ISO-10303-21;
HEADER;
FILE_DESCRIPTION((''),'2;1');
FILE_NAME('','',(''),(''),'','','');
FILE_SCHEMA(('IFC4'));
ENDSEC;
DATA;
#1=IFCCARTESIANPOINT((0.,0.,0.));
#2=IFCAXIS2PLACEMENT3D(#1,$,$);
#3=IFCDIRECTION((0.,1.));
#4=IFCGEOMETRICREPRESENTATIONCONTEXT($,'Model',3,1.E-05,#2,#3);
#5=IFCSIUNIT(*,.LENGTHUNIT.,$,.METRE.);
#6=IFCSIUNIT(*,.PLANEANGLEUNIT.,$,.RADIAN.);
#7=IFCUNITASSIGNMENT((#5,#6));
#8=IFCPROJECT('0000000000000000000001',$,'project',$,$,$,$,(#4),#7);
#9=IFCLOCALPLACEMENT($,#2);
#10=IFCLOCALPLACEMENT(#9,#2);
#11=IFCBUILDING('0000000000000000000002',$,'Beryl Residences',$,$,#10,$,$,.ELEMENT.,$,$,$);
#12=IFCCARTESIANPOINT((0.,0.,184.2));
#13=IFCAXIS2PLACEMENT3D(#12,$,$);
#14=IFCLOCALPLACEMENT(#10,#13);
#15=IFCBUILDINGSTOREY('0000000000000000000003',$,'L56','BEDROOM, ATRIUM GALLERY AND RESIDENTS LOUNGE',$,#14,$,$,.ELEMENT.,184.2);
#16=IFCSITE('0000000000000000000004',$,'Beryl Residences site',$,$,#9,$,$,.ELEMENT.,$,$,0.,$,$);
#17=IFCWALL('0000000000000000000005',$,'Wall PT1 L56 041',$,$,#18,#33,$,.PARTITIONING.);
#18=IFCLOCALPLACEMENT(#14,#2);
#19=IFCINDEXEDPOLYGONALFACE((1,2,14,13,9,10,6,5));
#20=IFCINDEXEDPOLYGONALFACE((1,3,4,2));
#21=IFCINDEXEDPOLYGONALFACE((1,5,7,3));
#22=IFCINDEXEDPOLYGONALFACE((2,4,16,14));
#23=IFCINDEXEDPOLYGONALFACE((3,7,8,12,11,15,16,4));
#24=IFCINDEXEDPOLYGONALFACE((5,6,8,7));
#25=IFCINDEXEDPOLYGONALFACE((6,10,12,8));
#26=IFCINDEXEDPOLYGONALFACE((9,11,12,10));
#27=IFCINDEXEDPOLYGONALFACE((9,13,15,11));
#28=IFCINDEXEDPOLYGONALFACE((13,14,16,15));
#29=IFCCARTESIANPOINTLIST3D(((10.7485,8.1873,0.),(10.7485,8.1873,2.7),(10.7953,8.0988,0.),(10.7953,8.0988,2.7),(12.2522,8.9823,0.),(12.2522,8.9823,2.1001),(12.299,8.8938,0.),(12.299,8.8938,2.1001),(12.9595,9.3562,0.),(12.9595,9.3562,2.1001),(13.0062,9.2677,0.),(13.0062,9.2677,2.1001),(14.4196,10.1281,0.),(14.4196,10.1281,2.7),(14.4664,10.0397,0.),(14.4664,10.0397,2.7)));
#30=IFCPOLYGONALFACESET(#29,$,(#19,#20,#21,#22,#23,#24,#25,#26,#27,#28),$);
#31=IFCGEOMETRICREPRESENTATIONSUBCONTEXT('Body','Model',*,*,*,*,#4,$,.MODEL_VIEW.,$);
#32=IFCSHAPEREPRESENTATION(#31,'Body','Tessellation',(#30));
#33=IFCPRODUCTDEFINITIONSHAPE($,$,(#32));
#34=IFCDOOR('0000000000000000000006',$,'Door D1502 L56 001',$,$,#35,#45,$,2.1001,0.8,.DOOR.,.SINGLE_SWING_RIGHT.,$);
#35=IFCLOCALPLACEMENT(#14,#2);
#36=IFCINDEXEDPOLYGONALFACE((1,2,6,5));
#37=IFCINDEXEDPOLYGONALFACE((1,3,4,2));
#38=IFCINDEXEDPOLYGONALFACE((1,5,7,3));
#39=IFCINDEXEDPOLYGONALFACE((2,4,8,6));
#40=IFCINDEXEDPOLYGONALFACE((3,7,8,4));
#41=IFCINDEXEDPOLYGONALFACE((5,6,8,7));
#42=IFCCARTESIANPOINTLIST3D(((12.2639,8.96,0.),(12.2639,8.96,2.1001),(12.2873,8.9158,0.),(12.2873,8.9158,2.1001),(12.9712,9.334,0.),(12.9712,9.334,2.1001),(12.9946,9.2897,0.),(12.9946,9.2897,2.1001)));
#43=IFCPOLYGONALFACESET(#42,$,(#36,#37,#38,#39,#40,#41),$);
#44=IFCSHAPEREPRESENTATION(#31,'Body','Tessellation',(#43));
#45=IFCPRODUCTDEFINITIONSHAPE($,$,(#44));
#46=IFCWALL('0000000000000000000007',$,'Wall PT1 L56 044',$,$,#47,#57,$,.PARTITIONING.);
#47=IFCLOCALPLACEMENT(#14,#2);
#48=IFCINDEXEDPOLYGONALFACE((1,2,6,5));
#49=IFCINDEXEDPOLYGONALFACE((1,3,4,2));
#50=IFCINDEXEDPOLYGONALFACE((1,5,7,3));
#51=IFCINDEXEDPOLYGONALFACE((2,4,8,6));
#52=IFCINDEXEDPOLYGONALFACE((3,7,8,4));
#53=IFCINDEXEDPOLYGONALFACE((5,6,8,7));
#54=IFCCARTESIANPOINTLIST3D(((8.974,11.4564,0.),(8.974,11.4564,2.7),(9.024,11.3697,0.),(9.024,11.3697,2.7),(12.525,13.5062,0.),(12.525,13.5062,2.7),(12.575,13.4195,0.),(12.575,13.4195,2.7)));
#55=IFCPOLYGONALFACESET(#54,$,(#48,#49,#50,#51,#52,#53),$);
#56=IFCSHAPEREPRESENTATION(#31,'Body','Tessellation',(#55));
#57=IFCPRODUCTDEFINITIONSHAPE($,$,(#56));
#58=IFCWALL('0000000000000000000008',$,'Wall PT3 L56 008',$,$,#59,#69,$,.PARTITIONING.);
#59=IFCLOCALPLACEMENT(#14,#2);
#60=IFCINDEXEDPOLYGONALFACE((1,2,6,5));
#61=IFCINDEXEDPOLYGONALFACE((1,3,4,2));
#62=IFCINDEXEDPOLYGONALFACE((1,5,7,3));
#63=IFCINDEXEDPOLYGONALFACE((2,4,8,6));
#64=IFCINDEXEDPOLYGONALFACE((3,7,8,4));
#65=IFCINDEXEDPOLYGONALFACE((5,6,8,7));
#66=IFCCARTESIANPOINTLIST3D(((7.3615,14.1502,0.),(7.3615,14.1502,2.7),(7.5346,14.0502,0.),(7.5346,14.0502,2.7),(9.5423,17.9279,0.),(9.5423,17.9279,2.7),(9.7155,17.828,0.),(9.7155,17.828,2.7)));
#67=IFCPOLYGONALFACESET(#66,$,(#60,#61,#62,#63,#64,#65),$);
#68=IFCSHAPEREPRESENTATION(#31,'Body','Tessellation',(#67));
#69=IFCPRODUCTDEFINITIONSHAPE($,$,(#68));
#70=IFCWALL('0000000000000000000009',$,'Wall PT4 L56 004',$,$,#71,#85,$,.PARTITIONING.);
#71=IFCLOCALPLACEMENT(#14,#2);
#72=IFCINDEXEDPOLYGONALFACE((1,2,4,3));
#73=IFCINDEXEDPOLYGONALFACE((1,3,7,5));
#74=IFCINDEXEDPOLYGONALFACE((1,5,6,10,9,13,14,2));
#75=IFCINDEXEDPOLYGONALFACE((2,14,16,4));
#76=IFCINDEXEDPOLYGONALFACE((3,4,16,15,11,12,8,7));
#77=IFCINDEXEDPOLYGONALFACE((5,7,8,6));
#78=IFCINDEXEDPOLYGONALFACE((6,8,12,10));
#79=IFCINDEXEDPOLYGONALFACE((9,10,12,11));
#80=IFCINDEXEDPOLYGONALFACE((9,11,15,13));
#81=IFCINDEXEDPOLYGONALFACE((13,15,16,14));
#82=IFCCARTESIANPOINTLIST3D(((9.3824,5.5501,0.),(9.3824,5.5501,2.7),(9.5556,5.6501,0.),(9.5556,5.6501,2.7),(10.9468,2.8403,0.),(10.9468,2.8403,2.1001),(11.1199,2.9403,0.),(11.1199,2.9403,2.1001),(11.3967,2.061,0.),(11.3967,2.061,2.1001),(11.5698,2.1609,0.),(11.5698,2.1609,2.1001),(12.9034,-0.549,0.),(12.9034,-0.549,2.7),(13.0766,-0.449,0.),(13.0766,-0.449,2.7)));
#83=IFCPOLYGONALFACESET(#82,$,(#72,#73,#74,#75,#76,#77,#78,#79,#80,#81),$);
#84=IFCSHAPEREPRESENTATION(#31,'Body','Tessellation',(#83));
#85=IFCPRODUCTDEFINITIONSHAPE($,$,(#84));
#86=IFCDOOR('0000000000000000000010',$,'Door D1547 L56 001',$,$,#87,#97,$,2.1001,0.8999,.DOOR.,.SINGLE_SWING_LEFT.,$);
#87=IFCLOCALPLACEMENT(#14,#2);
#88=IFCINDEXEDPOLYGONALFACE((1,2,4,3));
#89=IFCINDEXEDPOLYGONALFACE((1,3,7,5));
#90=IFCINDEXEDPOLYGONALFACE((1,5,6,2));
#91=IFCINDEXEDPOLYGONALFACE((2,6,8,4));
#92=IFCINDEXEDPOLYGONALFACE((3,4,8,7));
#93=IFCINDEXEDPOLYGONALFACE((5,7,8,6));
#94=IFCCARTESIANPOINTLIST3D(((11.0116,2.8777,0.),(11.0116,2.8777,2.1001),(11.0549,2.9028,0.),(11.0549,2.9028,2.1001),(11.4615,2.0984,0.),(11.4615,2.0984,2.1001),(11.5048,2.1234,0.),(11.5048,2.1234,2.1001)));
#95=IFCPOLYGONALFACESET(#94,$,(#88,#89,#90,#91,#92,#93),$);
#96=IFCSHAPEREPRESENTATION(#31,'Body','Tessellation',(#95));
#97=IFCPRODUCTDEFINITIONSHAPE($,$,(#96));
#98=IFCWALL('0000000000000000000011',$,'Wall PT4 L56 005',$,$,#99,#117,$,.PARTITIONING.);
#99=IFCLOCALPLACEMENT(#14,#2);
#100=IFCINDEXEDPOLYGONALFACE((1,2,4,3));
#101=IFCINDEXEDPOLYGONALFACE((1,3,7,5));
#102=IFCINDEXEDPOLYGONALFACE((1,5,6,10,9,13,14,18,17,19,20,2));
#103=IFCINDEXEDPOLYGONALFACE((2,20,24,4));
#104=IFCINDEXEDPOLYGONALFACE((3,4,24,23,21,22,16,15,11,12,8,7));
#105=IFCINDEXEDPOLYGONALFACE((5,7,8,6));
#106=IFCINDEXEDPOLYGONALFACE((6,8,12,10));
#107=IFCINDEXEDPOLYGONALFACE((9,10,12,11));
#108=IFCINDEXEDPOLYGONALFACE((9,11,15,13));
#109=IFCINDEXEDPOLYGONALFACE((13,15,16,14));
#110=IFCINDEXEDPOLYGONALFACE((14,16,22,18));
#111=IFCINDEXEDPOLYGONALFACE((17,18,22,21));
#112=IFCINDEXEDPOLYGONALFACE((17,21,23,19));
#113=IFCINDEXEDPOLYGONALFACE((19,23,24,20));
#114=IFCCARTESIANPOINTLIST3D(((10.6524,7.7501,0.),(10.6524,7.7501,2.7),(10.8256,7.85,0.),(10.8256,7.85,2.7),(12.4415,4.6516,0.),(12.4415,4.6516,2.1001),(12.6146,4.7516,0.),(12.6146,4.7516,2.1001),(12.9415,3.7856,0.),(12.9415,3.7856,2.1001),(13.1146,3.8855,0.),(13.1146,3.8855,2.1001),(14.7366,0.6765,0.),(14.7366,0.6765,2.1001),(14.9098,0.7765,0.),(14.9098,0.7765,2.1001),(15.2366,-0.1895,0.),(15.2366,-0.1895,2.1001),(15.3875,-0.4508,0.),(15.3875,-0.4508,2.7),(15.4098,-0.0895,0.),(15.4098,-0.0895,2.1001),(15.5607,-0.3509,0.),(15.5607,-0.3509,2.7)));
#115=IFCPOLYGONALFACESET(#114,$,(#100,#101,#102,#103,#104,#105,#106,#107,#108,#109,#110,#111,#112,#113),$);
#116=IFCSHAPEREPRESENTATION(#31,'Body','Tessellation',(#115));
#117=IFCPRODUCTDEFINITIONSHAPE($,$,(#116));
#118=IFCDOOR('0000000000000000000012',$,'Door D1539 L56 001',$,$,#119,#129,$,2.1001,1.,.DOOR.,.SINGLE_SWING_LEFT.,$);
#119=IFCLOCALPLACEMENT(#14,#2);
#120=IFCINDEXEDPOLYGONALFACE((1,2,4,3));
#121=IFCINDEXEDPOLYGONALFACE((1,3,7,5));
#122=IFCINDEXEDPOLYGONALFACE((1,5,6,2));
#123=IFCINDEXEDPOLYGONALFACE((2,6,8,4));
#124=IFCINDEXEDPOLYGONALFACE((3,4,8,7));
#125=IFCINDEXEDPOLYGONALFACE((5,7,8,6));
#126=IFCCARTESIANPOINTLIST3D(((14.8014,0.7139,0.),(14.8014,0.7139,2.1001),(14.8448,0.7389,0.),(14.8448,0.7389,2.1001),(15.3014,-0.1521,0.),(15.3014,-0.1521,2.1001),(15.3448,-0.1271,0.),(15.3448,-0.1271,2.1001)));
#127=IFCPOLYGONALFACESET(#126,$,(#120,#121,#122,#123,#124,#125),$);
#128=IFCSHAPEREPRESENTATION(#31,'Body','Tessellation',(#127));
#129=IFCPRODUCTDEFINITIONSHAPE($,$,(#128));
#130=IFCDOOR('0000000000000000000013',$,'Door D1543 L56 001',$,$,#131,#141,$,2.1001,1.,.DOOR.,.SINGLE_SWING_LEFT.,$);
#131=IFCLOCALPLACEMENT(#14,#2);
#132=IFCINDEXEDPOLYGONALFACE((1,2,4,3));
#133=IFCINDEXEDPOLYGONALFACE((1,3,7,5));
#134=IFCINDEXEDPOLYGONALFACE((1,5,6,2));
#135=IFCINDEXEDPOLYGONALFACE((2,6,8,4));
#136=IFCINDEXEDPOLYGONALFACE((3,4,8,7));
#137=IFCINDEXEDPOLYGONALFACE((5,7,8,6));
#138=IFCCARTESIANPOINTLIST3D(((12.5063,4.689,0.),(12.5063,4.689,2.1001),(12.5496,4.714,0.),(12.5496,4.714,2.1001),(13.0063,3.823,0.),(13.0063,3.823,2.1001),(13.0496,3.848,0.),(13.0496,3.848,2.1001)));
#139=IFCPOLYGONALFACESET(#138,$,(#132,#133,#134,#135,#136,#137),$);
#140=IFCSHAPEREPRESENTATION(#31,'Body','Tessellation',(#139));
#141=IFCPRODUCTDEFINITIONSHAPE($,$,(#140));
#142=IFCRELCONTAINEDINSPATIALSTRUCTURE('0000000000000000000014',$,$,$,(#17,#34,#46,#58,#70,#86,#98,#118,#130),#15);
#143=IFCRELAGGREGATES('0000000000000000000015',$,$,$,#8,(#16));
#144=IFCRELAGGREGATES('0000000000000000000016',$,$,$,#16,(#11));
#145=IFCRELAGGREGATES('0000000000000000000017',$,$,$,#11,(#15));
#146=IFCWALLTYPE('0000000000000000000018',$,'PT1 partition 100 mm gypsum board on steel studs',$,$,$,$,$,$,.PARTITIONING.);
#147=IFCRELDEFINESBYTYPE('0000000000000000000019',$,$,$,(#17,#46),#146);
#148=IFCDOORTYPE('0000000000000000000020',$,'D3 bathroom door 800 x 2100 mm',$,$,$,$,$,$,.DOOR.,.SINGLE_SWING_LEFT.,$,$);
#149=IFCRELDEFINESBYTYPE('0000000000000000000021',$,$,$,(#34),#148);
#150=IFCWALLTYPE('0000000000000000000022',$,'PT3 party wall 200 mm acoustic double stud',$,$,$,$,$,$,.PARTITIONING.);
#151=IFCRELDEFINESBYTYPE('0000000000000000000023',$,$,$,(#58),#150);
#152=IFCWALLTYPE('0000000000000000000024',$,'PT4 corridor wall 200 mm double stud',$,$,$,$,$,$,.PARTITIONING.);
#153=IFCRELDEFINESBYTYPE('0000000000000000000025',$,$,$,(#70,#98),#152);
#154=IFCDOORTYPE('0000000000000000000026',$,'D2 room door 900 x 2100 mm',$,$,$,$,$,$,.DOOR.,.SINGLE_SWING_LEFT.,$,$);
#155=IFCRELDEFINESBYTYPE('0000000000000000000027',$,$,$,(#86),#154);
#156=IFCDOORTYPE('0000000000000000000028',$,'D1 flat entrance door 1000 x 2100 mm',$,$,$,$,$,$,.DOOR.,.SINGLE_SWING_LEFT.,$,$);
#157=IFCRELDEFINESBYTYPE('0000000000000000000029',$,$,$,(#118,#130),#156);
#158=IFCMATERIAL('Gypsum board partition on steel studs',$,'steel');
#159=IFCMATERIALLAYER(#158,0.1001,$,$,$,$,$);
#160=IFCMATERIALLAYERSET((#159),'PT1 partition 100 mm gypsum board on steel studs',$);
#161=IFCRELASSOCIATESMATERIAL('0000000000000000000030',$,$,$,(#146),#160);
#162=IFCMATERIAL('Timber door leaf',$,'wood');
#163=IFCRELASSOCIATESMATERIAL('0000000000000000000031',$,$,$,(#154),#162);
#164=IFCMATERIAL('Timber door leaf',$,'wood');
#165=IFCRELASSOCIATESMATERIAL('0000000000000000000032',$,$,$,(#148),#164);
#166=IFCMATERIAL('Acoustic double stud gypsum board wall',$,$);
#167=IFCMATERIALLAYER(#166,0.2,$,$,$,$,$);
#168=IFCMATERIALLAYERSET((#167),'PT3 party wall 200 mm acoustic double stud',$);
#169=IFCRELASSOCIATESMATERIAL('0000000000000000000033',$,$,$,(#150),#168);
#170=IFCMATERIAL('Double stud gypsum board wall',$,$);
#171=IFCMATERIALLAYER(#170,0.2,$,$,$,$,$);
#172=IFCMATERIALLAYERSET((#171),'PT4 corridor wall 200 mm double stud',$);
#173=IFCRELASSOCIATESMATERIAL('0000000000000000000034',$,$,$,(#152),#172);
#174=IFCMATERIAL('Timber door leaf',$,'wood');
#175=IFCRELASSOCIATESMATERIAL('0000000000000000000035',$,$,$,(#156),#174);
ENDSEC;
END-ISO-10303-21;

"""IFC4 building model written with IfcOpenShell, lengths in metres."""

from ifc_helpers import new_model, si_unit, direction, frame, frame_2d, origin, place, context, subcontext, project, spatial, rectangle, extrude, material, layer, layer_set, type_object, element, fill, save


model = new_model("IFC4")

# Units and contexts
model_context = context("Model", 3, precision=1e-05, world=origin(), true_north=direction((0.0, 1.0)))
body_context = subcontext(model_context, "Body", "Model", "MODEL_VIEW")
ifc_project = project(units=[si_unit("LENGTHUNIT", "METRE"), si_unit("PLANEANGLEUNIT", "RADIAN")], contexts=[model_context])

# Site, building, storey
site_placement = place(None, origin())
site = spatial("IfcSite", under=ifc_project, at=site_placement, Name="Beryl Residences site", CompositionType="ELEMENT", RefElevation=0.0)
building_placement = place(site_placement, origin())
building = spatial("IfcBuilding", under=site, at=building_placement, Name="Beryl Residences", CompositionType="ELEMENT")
storey_placement = place(building_placement, frame((0.0, 0.0, 184.2)))
storey = spatial("IfcBuildingStorey", under=building, at=storey_placement, Name="L56", Description="BEDROOM, ATRIUM GALLERY AND RESIDENTS LOUNGE", CompositionType="ELEMENT", Elevation=184.2)

# Wall, opening, door
ifc_material_1 = material(Name="Gypsum board partition on steel studs", Category="steel")
ifc_layer_1 = layer(ifc_material_1, 0.1001)
ifc_layer_set_1 = layer_set([ifc_layer_1], Name="PT1 partition 100 mm gypsum board on steel studs")
wall_type_1 = type_object("IfcWallType", Name="PT1 partition 100 mm gypsum board on steel studs", PredefinedType="PARTITIONING", material=ifc_layer_set_1)
ifc_material_2 = material(Name="Timber door leaf", Category="wood")
door_type_1 = type_object("IfcDoorType", Name="D2 room door 900 x 2100 mm", OperationType="SINGLE_SWING_LEFT", PredefinedType="DOOR", material=ifc_material_2)
wall_1_placement = place(storey_placement, frame((10.772, 8.1431, 0.0), z_axis=(0.0, 0.0, 1.0), x_axis=(0.884049, 0.467393, 0.0)))
wall_1 = element("IfcWall", 1, at=wall_1_placement, inside=storey, type_object=wall_type_1, Name="Wall PT1 L56 041", PredefinedType="PARTITIONING", context=body_context, shape_type="SweptSolid", body=[
    extrude(rectangle(XDim=4.1526, YDim=0.1001, at=frame_2d((2.0762, 0.0))), origin(), (0.0, 0.0, 1.0), 2.7),
])
opening_1_placement = place(wall_1_placement, frame((1.7009, 0.0, 0.0)))
opening_1 = element("IfcOpeningElement", 2, at=opening_1_placement, cuts=wall_1, PredefinedType="OPENING", context=body_context, shape_type="SweptSolid", body=[
    extrude(rectangle(XDim=0.8, YDim=2.1001, at=frame_2d((0.3999, 1.05))), frame((0.0, 0.0601, 0.0), z_axis=(0.0, -1.0, 0.0), x_axis=(1.0, 0.0, 0.0)), (0.0, 0.0, 1.0), 0.1201),
])
ifc_material_3 = material(Name="Timber door leaf", Category="wood")
door_type_2 = type_object("IfcDoorType", Name="D3 bathroom door 800 x 2100 mm", OperationType="SINGLE_SWING_LEFT", PredefinedType="DOOR", material=ifc_material_3)
door_1_placement = place(opening_1_placement, origin())
door_1 = element("IfcDoor", 3, at=door_1_placement, inside=storey, type_object=door_type_2, Name="Door D1502 L56 001", OperationType="SINGLE_SWING_RIGHT", OverallHeight=2.1001, OverallWidth=0.8, PredefinedType="DOOR", context=body_context, shape_type="SweptSolid", body=[
    extrude(rectangle(XDim=0.8, YDim=2.1001, at=frame_2d((0.3999, 1.05))), frame((0.0, 0.0249, 0.0), z_axis=(0.0, -1.0, 0.0), x_axis=(1.0, 0.0, 0.0)), (0.0, 0.0, 1.0), 0.05),
])
fill(opening_1, door_1)

# Walls
wall_2_placement = place(storey_placement, frame((8.999, 11.4131, 0.0), z_axis=(0.0, 0.0, 1.0), x_axis=(0.866066, 0.49993, 0.0)))
element("IfcWall", 4, at=wall_2_placement, inside=storey, type_object=wall_type_1, Name="Wall PT1 L56 044", PredefinedType="PARTITIONING", context=body_context, shape_type="SweptSolid", body=[
    extrude(rectangle(XDim=4.1001, YDim=0.1001, at=frame_2d((2.05, 0.0))), origin(), (0.0, 0.0, 1.0), 2.7),
])
ifc_material_4 = material(Name="Acoustic double stud gypsum board wall")
ifc_layer_2 = layer(ifc_material_4, 0.2)
ifc_layer_set_2 = layer_set([ifc_layer_2], Name="PT3 party wall 200 mm acoustic double stud")
wall_type_2 = type_object("IfcWallType", Name="PT3 party wall 200 mm acoustic double stud", PredefinedType="PARTITIONING", material=ifc_layer_set_2)
wall_3_placement = place(storey_placement, frame((7.448, 14.1001, 0.0), z_axis=(0.0, 0.0, 1.0), x_axis=(0.499961, 0.866048, 0.0)))
element("IfcWall", 5, at=wall_3_placement, inside=storey, type_object=wall_type_2, Name="Wall PT3 L56 008", PredefinedType="PARTITIONING", context=body_context, shape_type="SweptSolid", body=[
    extrude(rectangle(XDim=4.3621, YDim=0.2, at=frame_2d((2.1812, 0.0))), origin(), (0.0, 0.0, 1.0), 2.7),
])

# Wall, opening, door
ifc_material_5 = material(Name="Double stud gypsum board wall")
ifc_layer_3 = layer(ifc_material_5, 0.2)
ifc_layer_set_3 = layer_set([ifc_layer_3], Name="PT4 corridor wall 200 mm double stud")
wall_type_3 = type_object("IfcWallType", Name="PT4 corridor wall 200 mm double stud", PredefinedType="PARTITIONING", material=ifc_layer_set_3)
wall_4_placement = place(storey_placement, frame((9.469, 5.6001, 0.0), z_axis=(0.0, 0.0, 1.0), x_axis=(0.499965, -0.866046, 0.0)))
wall_4 = element("IfcWall", 6, at=wall_4_placement, inside=storey, type_object=wall_type_3, Name="Wall PT4 L56 004", PredefinedType="PARTITIONING", context=body_context, shape_type="SweptSolid", body=[
    extrude(rectangle(XDim=7.0425, YDim=0.2, at=frame_2d((3.5212, 0.0))), origin(), (0.0, 0.0, 1.0), 2.7),
])
opening_2_placement = place(wall_4_placement, frame((3.1289, 0.0, 0.0)))
opening_2 = element("IfcOpeningElement", 7, at=opening_2_placement, cuts=wall_4, PredefinedType="OPENING", context=body_context, shape_type="SweptSolid", body=[
    extrude(rectangle(XDim=0.8999, YDim=2.1001, at=frame_2d((0.45, 1.05))), frame((0.0, 0.1099, 0.0), z_axis=(0.0, -1.0, 0.0), x_axis=(1.0, 0.0, 0.0)), (0.0, 0.0, 1.0), 0.22),
])
door_2_placement = place(opening_2_placement, origin())
door_2 = element("IfcDoor", 8, at=door_2_placement, inside=storey, type_object=door_type_1, Name="Door D1547 L56 001", OperationType="SINGLE_SWING_LEFT", OverallHeight=2.1001, OverallWidth=0.8999, PredefinedType="DOOR", context=body_context, shape_type="SweptSolid", body=[
    extrude(rectangle(XDim=0.8999, YDim=2.1001, at=frame_2d((0.45, 1.05))), frame((0.0, 0.0249, 0.0), z_axis=(0.0, -1.0, 0.0), x_axis=(1.0, 0.0, 0.0)), (0.0, 0.0, 1.0), 0.05),
])
fill(opening_2, door_2)

# Wall, openings, doors
wall_5_placement = place(storey_placement, frame((10.739, 7.8, 0.0), z_axis=(0.0, 0.0, 1.0), x_axis=(0.500024, -0.866012, 0.0)))
wall_5 = element("IfcWall", 9, at=wall_5_placement, inside=storey, type_object=wall_type_3, Name="Wall PT4 L56 005", PredefinedType="PARTITIONING", context=body_context, shape_type="SweptSolid", body=[
    extrude(rectangle(XDim=9.4697, YDim=0.2, at=frame_2d((4.7349, 0.0))), origin(), (0.0, 0.0, 1.0), 2.7),
])
opening_3_placement = place(wall_5_placement, frame((8.168, 0.0, 0.0)))
opening_3 = element("IfcOpeningElement", 10, at=opening_3_placement, cuts=wall_5, PredefinedType="OPENING", context=body_context, shape_type="SweptSolid", body=[
    extrude(rectangle(XDim=1.0, YDim=2.1001, at=frame_2d((0.5, 1.05))), frame((0.0, 0.1099, 0.0), z_axis=(0.0, -1.0, 0.0), x_axis=(1.0, 0.0, 0.0)), (0.0, 0.0, 1.0), 0.22),
])
opening_4_placement = place(wall_5_placement, frame((3.5779, 0.0, 0.0)))
opening_4 = element("IfcOpeningElement", 11, at=opening_4_placement, cuts=wall_5, PredefinedType="OPENING", context=body_context, shape_type="SweptSolid", body=[
    extrude(rectangle(XDim=1.0, YDim=2.1001, at=frame_2d((0.5, 1.05))), frame((0.0, 0.1099, 0.0), z_axis=(0.0, -1.0, 0.0), x_axis=(1.0, 0.0, 0.0)), (0.0, 0.0, 1.0), 0.22),
])
ifc_material_6 = material(Name="Timber door leaf", Category="wood")
door_type_3 = type_object("IfcDoorType", Name="D1 flat entrance door 1000 x 2100 mm", OperationType="SINGLE_SWING_LEFT", PredefinedType="DOOR", material=ifc_material_6)
door_3_placement = place(opening_3_placement, origin())
door_3 = element("IfcDoor", 12, at=door_3_placement, inside=storey, type_object=door_type_3, Name="Door D1539 L56 001", OperationType="SINGLE_SWING_LEFT", OverallHeight=2.1001, OverallWidth=1.0, PredefinedType="DOOR", context=body_context, shape_type="SweptSolid", body=[
    extrude(rectangle(XDim=1.0, YDim=2.1001, at=frame_2d((0.5, 1.05))), frame((0.0, 0.0249, 0.0), z_axis=(0.0, -1.0, 0.0), x_axis=(1.0, 0.0, 0.0)), (0.0, 0.0, 1.0), 0.05),
])
fill(opening_3, door_3)
door_4_placement = place(opening_4_placement, origin())
door_4 = element("IfcDoor", 13, at=door_4_placement, inside=storey, type_object=door_type_3, Name="Door D1543 L56 001", OperationType="SINGLE_SWING_LEFT", OverallHeight=2.1001, OverallWidth=1.0, PredefinedType="DOOR", context=body_context, shape_type="SweptSolid", body=[
    extrude(rectangle(XDim=1.0, YDim=2.1001, at=frame_2d((0.5, 1.05))), frame((0.0, 0.0249, 0.0), z_axis=(0.0, -1.0, 0.0), x_axis=(1.0, 0.0, 0.0)), (0.0, 0.0, 1.0), 0.05),
])
fill(opening_4, door_4)

save(model, "model.ifc")
